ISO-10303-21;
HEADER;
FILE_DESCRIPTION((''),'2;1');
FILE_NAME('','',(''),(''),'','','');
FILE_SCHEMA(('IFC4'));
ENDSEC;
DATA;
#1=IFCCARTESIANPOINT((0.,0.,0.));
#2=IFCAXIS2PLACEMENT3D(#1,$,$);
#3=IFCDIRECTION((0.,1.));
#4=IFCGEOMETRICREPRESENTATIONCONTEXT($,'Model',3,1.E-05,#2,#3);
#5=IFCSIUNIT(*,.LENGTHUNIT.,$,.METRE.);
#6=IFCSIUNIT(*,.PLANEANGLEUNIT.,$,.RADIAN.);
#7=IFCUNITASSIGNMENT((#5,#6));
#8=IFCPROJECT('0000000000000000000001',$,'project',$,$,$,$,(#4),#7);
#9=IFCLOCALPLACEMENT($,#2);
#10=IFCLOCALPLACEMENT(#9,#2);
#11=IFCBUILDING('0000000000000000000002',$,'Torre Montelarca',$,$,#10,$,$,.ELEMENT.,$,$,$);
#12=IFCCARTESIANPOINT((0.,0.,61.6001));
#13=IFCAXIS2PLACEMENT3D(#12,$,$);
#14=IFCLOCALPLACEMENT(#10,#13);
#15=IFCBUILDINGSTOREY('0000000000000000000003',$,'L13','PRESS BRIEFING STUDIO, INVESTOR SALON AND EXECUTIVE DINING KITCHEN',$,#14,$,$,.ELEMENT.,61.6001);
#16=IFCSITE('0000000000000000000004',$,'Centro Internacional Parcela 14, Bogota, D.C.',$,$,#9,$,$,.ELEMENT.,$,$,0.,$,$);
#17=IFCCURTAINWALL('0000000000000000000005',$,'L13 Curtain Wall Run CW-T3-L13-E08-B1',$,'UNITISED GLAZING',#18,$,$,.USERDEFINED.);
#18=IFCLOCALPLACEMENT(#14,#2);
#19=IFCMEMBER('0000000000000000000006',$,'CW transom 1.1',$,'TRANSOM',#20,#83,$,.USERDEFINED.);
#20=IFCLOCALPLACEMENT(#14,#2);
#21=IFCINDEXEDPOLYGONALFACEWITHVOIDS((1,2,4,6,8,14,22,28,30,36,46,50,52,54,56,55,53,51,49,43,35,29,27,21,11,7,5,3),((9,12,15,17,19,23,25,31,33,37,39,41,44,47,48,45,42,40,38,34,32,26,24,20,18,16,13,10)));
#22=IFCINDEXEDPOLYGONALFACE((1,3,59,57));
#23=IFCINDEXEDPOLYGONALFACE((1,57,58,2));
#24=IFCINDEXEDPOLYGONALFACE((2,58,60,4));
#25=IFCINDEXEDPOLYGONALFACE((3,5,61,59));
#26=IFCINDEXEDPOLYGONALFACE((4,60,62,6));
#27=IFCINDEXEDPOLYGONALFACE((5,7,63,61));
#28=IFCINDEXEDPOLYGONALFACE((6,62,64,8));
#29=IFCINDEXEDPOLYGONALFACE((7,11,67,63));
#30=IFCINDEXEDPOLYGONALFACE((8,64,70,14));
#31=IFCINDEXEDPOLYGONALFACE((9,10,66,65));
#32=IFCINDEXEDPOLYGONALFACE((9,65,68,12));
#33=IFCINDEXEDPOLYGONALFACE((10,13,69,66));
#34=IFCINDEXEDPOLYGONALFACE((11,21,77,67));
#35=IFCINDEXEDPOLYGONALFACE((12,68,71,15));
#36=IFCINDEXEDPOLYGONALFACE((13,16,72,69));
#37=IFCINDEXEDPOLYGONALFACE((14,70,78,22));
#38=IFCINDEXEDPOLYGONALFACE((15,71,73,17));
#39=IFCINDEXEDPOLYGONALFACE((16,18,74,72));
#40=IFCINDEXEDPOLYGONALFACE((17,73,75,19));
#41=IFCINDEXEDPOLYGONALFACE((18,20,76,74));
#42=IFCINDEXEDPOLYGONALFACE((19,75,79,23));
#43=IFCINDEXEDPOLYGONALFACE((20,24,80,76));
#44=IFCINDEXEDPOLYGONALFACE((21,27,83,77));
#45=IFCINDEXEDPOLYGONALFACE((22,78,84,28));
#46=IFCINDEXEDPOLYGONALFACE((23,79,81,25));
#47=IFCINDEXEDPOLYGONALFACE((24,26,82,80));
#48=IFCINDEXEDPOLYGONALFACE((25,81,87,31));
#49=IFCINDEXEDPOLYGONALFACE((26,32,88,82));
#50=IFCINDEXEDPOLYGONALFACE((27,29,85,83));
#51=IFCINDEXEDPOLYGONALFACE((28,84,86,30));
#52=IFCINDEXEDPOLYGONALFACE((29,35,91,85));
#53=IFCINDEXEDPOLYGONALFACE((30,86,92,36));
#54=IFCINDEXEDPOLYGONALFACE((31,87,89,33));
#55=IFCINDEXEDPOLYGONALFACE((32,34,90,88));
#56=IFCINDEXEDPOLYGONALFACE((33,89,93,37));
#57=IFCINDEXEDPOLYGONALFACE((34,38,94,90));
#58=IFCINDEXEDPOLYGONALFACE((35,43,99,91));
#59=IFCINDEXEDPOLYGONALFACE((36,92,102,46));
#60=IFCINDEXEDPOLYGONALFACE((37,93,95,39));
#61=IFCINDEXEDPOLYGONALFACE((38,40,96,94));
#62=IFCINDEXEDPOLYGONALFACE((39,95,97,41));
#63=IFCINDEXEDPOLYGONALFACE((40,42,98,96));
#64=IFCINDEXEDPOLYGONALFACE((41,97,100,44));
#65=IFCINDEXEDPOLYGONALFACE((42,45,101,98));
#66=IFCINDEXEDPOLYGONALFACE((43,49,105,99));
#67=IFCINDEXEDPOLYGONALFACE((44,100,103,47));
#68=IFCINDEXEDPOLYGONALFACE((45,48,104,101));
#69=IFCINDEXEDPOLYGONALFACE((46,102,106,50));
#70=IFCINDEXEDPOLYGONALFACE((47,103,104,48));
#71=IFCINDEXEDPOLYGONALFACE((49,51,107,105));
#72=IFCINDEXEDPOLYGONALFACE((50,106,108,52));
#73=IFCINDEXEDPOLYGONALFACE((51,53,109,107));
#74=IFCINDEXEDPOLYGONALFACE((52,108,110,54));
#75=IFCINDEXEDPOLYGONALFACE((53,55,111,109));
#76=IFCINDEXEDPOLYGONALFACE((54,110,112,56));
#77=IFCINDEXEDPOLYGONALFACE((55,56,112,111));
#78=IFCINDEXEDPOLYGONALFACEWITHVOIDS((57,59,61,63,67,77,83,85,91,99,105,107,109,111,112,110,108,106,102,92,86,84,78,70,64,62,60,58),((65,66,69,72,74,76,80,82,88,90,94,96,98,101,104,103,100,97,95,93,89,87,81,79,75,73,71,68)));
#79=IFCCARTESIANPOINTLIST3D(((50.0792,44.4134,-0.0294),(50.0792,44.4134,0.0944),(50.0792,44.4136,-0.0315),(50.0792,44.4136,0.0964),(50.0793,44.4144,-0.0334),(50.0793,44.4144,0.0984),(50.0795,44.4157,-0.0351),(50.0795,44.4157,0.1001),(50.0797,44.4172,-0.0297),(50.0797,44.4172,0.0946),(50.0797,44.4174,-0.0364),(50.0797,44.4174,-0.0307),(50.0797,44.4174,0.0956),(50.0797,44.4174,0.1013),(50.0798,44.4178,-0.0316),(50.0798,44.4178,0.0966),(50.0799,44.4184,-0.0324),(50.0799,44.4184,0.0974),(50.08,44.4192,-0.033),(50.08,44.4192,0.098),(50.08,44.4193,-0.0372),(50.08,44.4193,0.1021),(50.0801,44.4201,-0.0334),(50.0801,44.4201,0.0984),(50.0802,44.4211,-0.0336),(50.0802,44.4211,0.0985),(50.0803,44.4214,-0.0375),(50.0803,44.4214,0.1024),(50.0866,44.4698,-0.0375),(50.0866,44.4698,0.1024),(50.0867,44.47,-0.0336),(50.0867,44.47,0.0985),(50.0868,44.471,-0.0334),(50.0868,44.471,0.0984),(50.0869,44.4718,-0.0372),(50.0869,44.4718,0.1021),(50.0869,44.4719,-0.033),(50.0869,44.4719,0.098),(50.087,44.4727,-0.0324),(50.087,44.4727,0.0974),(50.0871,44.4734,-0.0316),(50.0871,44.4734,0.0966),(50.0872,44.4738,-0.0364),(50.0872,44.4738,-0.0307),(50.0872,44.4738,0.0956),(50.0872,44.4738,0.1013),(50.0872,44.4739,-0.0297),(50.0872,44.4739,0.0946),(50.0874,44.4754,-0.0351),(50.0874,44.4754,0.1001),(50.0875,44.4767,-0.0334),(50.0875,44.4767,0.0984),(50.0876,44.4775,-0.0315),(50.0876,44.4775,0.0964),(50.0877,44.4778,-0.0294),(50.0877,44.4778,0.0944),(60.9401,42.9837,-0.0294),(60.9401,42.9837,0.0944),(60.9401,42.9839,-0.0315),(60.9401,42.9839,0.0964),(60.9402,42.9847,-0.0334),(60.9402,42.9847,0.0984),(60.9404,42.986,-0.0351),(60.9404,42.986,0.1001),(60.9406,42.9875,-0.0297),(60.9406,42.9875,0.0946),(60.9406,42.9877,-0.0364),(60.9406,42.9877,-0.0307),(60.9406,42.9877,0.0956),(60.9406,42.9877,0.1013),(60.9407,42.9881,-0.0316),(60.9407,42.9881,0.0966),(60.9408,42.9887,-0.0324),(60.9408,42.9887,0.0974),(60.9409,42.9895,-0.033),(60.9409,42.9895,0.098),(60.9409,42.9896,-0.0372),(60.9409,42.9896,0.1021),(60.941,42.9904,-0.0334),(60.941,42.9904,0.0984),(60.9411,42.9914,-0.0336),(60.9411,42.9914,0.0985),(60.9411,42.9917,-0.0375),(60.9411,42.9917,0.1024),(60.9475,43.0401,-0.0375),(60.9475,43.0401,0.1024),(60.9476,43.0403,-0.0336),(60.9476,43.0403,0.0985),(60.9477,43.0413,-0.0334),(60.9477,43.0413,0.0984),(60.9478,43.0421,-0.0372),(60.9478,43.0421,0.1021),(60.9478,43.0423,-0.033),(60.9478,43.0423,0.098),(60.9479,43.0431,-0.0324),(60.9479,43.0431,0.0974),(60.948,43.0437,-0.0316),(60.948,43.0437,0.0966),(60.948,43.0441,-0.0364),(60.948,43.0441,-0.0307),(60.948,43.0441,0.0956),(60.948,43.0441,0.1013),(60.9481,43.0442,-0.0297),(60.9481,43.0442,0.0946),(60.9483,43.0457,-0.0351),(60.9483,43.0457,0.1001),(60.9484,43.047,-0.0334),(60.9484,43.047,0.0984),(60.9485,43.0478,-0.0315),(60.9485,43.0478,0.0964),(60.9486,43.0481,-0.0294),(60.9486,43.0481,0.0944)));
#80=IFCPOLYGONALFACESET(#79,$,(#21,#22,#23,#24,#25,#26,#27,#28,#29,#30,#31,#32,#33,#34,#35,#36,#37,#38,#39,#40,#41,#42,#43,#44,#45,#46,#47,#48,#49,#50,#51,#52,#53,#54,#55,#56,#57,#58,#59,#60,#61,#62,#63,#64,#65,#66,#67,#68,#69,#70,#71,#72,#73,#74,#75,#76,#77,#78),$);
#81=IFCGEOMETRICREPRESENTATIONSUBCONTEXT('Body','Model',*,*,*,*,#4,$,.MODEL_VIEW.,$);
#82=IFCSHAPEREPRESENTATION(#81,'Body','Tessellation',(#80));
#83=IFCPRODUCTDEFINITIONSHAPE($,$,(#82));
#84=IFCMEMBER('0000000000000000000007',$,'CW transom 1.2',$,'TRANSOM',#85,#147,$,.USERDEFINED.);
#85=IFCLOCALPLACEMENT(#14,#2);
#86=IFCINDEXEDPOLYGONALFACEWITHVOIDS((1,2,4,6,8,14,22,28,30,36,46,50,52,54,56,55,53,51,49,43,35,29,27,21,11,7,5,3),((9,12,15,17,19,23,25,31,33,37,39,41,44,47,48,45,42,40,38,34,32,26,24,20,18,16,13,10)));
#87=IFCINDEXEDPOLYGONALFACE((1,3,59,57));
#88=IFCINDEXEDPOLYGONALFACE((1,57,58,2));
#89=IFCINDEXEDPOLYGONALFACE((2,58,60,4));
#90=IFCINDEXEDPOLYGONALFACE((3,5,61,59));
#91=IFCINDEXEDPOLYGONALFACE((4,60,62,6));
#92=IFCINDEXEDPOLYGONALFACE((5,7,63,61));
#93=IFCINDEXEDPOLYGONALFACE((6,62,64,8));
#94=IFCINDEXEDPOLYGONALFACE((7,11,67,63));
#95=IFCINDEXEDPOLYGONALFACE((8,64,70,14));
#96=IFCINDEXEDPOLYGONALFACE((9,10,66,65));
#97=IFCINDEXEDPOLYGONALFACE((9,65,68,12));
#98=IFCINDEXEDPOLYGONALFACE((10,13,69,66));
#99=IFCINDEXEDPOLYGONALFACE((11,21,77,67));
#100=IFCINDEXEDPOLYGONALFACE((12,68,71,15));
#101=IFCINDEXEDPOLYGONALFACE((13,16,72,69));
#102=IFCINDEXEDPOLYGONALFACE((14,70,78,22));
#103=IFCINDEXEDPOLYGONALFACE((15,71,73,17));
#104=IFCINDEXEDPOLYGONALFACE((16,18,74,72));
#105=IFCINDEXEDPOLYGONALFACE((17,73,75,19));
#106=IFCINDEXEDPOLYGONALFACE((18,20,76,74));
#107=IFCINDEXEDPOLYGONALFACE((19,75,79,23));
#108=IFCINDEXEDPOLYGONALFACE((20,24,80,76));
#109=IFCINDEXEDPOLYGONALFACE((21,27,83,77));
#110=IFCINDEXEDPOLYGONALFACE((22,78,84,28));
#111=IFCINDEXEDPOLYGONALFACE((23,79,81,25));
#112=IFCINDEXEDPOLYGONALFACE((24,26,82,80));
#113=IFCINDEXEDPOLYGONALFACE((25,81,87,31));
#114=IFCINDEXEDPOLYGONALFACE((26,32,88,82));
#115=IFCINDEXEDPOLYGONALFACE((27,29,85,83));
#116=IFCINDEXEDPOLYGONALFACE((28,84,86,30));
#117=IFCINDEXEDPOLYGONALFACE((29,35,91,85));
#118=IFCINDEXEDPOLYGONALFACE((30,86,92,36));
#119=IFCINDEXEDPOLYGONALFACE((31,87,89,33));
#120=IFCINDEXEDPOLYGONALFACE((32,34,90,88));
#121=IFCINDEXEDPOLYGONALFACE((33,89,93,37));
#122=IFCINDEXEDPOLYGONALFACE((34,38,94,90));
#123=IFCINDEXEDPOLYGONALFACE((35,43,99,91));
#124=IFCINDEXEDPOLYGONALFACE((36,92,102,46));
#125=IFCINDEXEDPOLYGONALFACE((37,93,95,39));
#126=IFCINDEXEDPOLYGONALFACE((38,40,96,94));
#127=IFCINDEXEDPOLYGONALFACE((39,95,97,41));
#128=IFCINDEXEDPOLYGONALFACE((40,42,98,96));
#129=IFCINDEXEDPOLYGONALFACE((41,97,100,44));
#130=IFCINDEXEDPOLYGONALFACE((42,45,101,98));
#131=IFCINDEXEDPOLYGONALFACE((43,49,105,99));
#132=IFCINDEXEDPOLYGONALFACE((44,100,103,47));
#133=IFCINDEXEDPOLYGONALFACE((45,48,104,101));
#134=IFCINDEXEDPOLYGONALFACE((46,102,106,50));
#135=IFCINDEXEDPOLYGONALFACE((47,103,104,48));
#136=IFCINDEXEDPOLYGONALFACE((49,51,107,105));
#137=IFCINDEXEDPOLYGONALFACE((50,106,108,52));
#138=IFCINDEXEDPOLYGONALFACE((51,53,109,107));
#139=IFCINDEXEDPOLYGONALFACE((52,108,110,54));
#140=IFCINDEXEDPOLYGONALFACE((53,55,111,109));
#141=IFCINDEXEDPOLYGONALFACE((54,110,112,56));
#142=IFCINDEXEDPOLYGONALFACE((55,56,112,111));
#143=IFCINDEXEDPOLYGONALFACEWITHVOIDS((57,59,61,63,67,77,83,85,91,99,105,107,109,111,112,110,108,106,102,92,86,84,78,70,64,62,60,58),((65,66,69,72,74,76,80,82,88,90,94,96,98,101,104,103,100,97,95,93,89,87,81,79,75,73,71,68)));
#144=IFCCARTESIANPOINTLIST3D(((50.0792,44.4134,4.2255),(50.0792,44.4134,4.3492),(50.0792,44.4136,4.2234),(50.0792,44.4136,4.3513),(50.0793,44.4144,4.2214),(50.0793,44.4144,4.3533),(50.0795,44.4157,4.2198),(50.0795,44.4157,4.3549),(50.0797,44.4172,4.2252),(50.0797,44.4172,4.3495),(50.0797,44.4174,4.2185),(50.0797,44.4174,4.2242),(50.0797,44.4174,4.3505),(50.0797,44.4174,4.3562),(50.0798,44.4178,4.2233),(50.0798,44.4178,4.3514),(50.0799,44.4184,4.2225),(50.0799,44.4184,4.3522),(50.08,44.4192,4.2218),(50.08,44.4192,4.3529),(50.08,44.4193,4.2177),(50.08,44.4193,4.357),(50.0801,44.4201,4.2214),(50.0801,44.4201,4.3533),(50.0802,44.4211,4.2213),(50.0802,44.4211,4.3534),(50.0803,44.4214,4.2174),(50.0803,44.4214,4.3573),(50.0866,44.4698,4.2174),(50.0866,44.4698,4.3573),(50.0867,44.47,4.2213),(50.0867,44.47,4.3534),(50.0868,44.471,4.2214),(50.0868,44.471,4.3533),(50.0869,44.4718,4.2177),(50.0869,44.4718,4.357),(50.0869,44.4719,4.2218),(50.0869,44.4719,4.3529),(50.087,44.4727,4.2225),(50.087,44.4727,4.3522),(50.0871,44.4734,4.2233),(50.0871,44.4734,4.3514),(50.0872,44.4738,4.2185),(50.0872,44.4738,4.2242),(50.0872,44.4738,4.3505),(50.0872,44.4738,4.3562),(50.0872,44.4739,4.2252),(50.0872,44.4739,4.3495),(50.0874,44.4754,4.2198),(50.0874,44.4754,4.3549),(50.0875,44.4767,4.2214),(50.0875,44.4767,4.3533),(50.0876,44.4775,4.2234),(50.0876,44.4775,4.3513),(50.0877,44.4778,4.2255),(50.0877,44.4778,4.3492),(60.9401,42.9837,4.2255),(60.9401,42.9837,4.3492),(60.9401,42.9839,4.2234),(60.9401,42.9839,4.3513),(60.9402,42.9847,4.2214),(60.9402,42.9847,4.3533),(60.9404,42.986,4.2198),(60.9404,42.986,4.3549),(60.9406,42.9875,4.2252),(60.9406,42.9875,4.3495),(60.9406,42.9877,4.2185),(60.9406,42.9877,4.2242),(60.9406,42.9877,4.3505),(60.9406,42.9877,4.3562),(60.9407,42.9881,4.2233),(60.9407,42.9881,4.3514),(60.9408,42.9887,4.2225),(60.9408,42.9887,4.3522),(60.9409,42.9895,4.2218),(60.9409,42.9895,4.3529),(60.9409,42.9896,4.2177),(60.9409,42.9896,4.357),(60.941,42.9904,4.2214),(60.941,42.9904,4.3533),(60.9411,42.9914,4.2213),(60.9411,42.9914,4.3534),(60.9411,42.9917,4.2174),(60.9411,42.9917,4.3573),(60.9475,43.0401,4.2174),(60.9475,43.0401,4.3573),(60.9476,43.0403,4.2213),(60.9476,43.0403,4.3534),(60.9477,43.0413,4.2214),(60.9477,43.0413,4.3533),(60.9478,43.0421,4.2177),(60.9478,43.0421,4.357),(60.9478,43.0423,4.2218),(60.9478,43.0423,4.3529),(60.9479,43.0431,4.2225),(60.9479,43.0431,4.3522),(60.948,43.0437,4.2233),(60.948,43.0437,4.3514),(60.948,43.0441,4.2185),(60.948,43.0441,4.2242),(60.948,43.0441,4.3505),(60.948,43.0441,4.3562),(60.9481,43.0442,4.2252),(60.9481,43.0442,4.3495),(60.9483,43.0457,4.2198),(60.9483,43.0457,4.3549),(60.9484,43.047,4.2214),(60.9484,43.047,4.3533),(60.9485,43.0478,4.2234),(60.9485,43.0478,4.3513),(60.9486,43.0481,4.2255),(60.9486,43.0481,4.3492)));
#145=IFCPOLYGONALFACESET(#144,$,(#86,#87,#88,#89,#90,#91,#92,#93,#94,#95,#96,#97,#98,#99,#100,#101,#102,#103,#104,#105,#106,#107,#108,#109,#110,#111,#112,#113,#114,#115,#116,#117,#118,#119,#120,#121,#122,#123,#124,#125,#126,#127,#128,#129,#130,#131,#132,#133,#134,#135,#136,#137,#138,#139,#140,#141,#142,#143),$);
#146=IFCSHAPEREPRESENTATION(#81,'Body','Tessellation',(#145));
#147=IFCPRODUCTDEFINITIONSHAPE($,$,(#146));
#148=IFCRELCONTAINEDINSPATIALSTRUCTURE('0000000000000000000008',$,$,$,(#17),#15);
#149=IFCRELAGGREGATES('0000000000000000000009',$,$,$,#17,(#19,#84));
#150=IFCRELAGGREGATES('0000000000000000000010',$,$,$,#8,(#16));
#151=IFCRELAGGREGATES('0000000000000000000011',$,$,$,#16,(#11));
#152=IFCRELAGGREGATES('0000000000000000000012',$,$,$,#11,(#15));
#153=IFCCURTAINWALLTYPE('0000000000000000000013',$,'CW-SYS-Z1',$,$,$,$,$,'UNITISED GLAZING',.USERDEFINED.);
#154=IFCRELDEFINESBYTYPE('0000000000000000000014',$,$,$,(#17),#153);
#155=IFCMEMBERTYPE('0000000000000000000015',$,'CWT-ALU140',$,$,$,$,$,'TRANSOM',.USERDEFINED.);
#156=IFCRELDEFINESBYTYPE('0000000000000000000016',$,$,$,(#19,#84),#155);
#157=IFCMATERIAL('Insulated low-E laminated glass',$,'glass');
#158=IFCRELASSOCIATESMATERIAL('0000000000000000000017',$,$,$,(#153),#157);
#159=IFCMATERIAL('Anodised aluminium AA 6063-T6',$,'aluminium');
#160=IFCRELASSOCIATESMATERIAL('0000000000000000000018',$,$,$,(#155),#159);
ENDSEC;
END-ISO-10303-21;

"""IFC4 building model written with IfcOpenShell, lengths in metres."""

from ifc_helpers import new_model, si_unit, direction, frame, origin, origin_2d, place, context, subcontext, project, spatial, hollow_rectangle, extrude, source, transform, mapped, material, material_profile, profile_set, type_object, element, aggregate, save


model = new_model("IFC4")

# Units and contexts
model_context = context("Model", 3, precision=1e-05, world=origin(), true_north=direction((0.0, 1.0)))
body_context = subcontext(model_context, "Body", "Model", "MODEL_VIEW")
ifc_project = project(units=[si_unit("LENGTHUNIT", "METRE"), si_unit("PLANEANGLEUNIT", "RADIAN")], contexts=[model_context])

# Site, building, storey
site_placement = place(None, origin())
site = spatial("IfcSite", under=ifc_project, at=site_placement, Name="Centro Internacional Parcela 14, Bogota, D.C.", CompositionType="ELEMENT", RefElevation=0.0)
building_placement = place(site_placement, origin())
building = spatial("IfcBuilding", under=site, at=building_placement, Name="Torre Montelarca", CompositionType="ELEMENT")
storey_placement = place(building_placement, frame((0.0, 0.0, 61.6001)))
storey = spatial("IfcBuildingStorey", under=building, at=storey_placement, Name="L13", Description="PRESS BRIEFING STUDIO, INVESTOR SALON AND EXECUTIVE DINING KITCHEN", CompositionType="ELEMENT", Elevation=61.6001)

# Curtain wall, members
ifc_material_1 = material(Name="Insulated low-E laminated glass", Category="glass")
curtain_wall_type = type_object("IfcCurtainWallType", Name="CW-SYS-Z1", ElementType="UNITISED GLAZING", PredefinedType="USERDEFINED", material=ifc_material_1)
ifc_material_2 = material(Name="Anodised aluminium AA 6063-T6", Category="aluminium")
ifc_material_profile_1 = material_profile(ifc_material_2, hollow_rectangle(XDim=0.0649, YDim=0.1399, WallThickness=0.0039, InnerFilletRadius=0.0039, OuterFilletRadius=0.0081, at=origin_2d()), Name="ALU65X140X4", Category="aluminium")
ifc_profile_set_1 = profile_set([ifc_material_profile_1], Name="Anodised aluminium AA 6063-T6")
member_type_1 = type_object("IfcMemberType", Name="CWT-ALU140", ElementType="TRANSOM", PredefinedType="USERDEFINED", material=ifc_profile_set_1)
curtain_wall_1_placement = place(storey_placement, origin())
curtain_wall_1 = element("IfcCurtainWall", 1, at=curtain_wall_1_placement, inside=storey, type_object=curtain_wall_type, Name="L13 Curtain Wall Run CW-T3-L13-E08-B1", ObjectType="UNITISED GLAZING", PredefinedType="USERDEFINED")
shared_shape_1 = source(origin(), body_context, "Body", "SweptSolid", [
    extrude(hollow_rectangle(XDim=0.0649, YDim=0.1399, WallThickness=0.0039, InnerFilletRadius=0.0039, OuterFilletRadius=0.0081, at=origin_2d()), origin(), (0.0, 0.0, 1.0), 10.9546),
])
member_1_placement = place(storey_placement, frame((60.9443, 43.0159, 0.0325), z_axis=(-0.991447, 0.130511, 0.0), x_axis=(-0.130511, -0.991447, 0.0)))
member_1 = element("IfcMember", 2, at=member_1_placement, type_object=member_type_1, Name="CW transom 1.1", ObjectType="TRANSOM", PredefinedType="USERDEFINED", context=body_context, shape_type="MappedRepresentation", body=[
    mapped(shared_shape_1, transform((0.0, 0.0, 0.0), scale=1.0)),
])
member_2_placement = place(storey_placement, frame((60.9443, 43.0159, 4.2874), z_axis=(-0.991447, 0.130511, 0.0), x_axis=(-0.130511, -0.991447, 0.0)))
member_2 = element("IfcMember", 3, at=member_2_placement, type_object=member_type_1, Name="CW transom 1.2", ObjectType="TRANSOM", PredefinedType="USERDEFINED", context=body_context, shape_type="MappedRepresentation", body=[
    mapped(shared_shape_1, transform((0.0, 0.0, 0.0), scale=1.0)),
])

aggregate(curtain_wall_1, [member_1, member_2])

save(model, "model.ifc")
